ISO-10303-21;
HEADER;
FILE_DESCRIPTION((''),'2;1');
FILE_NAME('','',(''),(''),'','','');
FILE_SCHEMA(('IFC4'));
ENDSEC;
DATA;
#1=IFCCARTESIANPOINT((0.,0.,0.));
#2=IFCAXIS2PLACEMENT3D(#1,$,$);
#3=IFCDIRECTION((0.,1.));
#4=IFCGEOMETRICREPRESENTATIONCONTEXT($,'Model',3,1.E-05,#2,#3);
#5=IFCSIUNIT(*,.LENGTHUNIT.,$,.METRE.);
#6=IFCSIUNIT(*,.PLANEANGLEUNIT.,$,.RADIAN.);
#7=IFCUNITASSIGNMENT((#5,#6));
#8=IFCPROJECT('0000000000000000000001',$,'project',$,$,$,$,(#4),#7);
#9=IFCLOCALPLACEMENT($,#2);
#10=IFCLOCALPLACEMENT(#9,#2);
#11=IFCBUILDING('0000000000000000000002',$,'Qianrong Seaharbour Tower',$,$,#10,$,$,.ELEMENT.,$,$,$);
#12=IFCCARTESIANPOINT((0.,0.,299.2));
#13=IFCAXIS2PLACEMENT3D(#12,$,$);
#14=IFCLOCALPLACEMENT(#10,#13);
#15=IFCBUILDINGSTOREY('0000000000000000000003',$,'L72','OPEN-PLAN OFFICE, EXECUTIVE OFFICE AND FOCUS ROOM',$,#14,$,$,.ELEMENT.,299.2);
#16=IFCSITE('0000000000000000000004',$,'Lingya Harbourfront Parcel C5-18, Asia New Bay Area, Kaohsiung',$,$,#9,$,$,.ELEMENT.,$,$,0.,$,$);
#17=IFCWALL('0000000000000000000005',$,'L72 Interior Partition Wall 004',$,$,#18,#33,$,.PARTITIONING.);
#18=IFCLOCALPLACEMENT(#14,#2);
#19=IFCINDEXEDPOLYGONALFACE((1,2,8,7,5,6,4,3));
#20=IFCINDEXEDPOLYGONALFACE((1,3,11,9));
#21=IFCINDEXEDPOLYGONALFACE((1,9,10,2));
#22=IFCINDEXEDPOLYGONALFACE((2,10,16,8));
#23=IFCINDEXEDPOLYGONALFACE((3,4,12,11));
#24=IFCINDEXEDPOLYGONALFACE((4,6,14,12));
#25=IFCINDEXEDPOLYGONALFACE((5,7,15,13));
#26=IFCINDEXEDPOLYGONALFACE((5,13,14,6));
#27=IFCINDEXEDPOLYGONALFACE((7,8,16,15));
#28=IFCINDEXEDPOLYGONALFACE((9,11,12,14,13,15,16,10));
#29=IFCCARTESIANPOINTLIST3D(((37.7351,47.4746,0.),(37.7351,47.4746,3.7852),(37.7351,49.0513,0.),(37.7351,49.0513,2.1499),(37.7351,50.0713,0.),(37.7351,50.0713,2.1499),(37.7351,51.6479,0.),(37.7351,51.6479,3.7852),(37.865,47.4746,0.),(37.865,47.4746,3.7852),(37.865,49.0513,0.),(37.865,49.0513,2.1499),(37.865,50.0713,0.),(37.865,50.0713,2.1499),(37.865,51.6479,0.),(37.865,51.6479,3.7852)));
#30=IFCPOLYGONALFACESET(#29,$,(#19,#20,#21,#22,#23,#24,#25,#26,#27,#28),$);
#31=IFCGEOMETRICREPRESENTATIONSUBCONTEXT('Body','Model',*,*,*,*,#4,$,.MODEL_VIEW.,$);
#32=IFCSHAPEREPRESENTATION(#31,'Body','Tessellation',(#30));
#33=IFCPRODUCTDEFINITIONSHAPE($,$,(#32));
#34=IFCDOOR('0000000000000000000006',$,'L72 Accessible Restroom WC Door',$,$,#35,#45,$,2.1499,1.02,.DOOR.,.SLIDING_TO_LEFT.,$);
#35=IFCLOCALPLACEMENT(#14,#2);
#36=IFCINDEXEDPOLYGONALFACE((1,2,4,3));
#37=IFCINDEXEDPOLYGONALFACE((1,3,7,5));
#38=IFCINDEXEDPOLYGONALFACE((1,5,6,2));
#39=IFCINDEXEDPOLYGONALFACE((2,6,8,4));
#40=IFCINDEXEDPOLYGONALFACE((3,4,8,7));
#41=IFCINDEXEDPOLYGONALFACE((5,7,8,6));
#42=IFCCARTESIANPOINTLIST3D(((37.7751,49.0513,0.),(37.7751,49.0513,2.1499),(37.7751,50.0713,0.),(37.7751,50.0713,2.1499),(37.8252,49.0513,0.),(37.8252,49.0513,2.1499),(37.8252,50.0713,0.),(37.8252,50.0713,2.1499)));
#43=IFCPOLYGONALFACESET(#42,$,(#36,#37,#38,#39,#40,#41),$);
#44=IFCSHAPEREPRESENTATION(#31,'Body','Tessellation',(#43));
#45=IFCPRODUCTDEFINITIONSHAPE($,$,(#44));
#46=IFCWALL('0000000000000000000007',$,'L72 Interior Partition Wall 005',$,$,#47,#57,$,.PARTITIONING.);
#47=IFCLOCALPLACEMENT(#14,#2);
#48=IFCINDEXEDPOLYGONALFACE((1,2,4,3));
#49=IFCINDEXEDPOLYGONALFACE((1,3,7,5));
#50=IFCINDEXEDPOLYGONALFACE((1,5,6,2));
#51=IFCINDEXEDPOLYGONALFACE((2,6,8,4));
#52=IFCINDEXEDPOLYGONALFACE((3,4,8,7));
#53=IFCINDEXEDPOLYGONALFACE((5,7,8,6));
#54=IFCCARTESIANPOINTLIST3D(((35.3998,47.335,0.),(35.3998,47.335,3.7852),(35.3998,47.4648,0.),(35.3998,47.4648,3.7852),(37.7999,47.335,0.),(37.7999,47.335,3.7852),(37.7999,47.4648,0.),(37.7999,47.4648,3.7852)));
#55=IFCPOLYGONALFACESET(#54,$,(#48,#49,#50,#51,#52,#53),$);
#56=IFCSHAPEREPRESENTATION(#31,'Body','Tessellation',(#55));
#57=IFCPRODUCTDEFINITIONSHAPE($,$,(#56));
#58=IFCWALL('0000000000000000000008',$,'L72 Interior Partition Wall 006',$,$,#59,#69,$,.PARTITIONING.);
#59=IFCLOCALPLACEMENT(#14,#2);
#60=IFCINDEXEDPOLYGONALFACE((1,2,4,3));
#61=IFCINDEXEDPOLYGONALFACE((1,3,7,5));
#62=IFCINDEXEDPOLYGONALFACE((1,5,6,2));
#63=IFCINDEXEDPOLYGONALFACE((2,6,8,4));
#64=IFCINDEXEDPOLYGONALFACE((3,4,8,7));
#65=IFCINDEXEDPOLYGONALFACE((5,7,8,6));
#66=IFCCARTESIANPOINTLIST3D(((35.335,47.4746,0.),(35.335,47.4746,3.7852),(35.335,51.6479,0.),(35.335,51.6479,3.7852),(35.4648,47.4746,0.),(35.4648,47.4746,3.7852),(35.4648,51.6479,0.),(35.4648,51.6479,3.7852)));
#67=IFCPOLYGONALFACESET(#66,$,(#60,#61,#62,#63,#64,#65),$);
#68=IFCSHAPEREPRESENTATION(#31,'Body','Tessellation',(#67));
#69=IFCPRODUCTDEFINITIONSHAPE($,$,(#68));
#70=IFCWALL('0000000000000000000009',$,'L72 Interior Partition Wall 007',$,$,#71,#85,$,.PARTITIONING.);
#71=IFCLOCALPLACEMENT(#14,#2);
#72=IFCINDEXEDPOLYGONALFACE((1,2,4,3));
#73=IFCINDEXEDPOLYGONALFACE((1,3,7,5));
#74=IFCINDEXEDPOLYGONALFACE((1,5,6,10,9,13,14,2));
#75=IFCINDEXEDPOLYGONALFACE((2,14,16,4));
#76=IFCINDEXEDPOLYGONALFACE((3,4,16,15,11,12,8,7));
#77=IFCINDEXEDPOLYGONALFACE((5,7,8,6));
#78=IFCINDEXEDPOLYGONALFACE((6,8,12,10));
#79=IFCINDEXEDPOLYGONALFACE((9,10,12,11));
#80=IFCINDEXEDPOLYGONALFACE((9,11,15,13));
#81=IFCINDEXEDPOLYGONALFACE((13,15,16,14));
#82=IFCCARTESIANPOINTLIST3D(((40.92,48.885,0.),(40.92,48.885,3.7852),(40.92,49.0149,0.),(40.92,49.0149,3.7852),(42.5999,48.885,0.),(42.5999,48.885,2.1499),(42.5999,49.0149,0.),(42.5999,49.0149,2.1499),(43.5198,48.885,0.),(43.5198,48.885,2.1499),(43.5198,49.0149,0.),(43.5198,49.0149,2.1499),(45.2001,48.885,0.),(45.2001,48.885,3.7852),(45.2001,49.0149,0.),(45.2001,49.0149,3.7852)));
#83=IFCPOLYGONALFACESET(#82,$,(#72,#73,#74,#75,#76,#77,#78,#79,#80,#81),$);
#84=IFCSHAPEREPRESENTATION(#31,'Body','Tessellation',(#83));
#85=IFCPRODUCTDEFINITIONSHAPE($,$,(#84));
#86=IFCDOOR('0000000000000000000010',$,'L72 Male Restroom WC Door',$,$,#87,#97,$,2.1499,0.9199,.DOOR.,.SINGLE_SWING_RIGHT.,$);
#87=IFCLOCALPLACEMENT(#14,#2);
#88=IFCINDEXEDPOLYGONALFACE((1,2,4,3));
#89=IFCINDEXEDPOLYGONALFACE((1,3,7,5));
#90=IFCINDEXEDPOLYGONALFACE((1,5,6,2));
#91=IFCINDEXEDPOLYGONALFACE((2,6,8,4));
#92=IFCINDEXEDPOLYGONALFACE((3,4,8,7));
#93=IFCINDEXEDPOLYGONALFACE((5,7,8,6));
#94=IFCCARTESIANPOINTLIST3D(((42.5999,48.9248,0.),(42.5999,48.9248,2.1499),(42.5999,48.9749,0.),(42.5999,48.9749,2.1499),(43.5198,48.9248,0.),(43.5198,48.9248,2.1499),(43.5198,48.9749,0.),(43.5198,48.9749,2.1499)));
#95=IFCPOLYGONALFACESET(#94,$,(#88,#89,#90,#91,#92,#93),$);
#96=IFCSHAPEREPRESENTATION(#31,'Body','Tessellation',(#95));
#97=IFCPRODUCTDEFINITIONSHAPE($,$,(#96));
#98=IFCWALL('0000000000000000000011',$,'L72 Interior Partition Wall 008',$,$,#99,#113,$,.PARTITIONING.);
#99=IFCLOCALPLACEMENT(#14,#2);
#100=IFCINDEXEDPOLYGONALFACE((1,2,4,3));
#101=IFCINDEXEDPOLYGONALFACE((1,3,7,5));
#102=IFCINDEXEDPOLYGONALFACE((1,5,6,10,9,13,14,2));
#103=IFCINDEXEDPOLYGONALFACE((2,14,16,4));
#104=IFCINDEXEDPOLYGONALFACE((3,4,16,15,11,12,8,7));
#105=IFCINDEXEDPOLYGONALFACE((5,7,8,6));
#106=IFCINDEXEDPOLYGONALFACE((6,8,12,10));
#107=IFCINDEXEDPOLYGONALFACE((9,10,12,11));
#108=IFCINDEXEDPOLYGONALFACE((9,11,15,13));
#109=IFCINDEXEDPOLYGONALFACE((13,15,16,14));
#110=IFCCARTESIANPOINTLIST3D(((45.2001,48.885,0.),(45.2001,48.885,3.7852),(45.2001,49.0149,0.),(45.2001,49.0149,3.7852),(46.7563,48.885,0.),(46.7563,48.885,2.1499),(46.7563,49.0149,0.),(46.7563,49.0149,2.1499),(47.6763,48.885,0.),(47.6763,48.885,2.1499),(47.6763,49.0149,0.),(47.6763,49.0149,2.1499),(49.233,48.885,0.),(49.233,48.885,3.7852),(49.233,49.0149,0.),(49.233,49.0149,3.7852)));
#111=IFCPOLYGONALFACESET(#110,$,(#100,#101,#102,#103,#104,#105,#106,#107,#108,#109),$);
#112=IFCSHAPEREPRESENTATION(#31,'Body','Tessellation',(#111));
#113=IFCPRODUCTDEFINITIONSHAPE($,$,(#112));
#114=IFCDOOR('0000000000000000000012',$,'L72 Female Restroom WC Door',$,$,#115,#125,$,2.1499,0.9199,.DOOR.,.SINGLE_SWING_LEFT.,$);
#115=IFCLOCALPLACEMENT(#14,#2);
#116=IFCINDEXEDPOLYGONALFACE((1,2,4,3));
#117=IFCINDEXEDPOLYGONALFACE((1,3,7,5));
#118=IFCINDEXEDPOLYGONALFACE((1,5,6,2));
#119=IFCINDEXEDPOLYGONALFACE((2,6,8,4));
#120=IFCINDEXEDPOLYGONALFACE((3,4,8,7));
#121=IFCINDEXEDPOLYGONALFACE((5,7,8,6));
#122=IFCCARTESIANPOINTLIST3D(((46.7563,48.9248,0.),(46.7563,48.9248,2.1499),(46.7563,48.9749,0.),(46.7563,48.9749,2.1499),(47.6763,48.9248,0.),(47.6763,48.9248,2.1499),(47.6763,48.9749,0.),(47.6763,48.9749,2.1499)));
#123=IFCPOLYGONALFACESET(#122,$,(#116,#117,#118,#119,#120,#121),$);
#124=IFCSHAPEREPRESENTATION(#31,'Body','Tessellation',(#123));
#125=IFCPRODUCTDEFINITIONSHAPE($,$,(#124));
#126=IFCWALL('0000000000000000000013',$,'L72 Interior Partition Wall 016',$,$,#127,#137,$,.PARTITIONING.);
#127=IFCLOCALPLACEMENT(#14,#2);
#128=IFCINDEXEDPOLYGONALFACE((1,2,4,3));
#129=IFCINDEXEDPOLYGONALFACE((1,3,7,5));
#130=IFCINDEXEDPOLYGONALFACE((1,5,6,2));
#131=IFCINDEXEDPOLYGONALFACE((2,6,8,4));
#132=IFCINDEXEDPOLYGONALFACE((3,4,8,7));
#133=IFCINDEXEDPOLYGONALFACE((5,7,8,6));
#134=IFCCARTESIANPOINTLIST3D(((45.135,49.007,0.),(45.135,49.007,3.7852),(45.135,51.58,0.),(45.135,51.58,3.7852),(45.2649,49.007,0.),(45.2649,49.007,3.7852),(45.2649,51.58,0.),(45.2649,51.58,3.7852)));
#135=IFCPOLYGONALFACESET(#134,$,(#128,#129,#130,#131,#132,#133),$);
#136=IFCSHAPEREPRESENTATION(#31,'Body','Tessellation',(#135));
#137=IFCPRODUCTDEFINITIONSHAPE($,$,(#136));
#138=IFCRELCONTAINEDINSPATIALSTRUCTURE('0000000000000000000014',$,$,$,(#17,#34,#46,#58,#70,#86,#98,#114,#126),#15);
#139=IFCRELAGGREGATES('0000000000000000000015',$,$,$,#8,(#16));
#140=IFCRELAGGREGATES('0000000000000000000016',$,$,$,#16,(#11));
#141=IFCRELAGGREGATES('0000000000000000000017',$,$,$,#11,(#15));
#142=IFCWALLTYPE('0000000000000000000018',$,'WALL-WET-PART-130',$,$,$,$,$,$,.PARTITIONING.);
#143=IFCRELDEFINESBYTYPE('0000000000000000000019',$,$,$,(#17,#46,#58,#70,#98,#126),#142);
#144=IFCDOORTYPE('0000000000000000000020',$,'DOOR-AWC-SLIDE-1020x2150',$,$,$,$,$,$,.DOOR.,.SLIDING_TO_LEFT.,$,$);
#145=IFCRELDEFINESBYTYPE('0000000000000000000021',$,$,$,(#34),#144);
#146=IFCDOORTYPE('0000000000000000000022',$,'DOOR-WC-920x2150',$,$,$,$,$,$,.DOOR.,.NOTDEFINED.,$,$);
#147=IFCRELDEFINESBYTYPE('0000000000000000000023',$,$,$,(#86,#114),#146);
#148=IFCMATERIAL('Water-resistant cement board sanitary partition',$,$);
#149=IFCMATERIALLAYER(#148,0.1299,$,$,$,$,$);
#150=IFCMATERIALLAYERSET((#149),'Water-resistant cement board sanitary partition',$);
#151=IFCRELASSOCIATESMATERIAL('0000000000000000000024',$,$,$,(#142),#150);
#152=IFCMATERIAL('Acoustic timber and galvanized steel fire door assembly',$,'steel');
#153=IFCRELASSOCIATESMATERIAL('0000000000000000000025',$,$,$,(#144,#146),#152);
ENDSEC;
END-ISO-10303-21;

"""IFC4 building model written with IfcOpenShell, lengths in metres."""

from ifc_helpers import new_model, si_unit, direction, frame, frame_2d, origin, place, context, subcontext, project, spatial, rectangle, extrude, material, layer, layer_set, type_object, element, fill, save


model = new_model("IFC4")

# Units and contexts
model_context = context("Model", 3, precision=1e-05, world=origin(), true_north=direction((0.0, 1.0)))
body_context = subcontext(model_context, "Body", "Model", "MODEL_VIEW")
ifc_project = project(units=[si_unit("LENGTHUNIT", "METRE"), si_unit("PLANEANGLEUNIT", "RADIAN")], contexts=[model_context])

# Site, building, storey
site_placement = place(None, origin())
site = spatial("IfcSite", under=ifc_project, at=site_placement, Name="Lingya Harbourfront Parcel C5-18, Asia New Bay Area, Kaohsiung", CompositionType="ELEMENT", RefElevation=0.0)
building_placement = place(site_placement, origin())
building = spatial("IfcBuilding", under=site, at=building_placement, Name="Qianrong Seaharbour Tower", CompositionType="ELEMENT")
storey_placement = place(building_placement, frame((0.0, 0.0, 299.2)))
storey = spatial("IfcBuildingStorey", under=building, at=storey_placement, Name="L72", Description="OPEN-PLAN OFFICE, EXECUTIVE OFFICE AND FOCUS ROOM", CompositionType="ELEMENT", Elevation=299.2)

# Shared definitions
ifc_material_1 = material(Name="Acoustic timber and galvanized steel fire door assembly", Category="steel")

# Wall, opening, door
ifc_material_2 = material(Name="Water-resistant cement board sanitary partition")
ifc_layer_1 = layer(ifc_material_2, 0.1299)
ifc_layer_set_1 = layer_set([ifc_layer_1], Name="Water-resistant cement board sanitary partition")
wall_type_1 = type_object("IfcWallType", Name="WALL-WET-PART-130", PredefinedType="PARTITIONING", material=ifc_layer_set_1)
wall_1_placement = place(storey_placement, frame((37.8, 47.4746, 0.0), z_axis=(0.0, 0.0, 1.0), x_axis=(0.0, 1.0, 0.0)))
wall_1 = element("IfcWall", 1, at=wall_1_placement, inside=storey, type_object=wall_type_1, Name="L72 Interior Partition Wall 004", PredefinedType="PARTITIONING", context=body_context, shape_type="SweptSolid", body=[
    extrude(rectangle(XDim=4.1733, YDim=0.1299, at=frame_2d((2.0867, 0.0))), origin(), (0.0, 0.0, 1.0), 3.7852),
])
opening_1_placement = place(wall_1_placement, frame((1.5767, 0.0, 0.0)))
opening_1 = element("IfcOpeningElement", 2, at=opening_1_placement, cuts=wall_1, PredefinedType="OPENING", context=body_context, shape_type="SweptSolid", body=[
    extrude(rectangle(XDim=1.02, YDim=2.1499, at=frame_2d((0.51, 1.075))), frame((0.0, 0.075, 0.0), z_axis=(0.0, -1.0, 0.0), x_axis=(1.0, 0.0, 0.0)), (0.0, 0.0, 1.0), 0.1499),
])
door_type_1 = type_object("IfcDoorType", Name="DOOR-AWC-SLIDE-1020x2150", OperationType="SLIDING_TO_LEFT", PredefinedType="DOOR", material=ifc_material_1)
door_1_placement = place(opening_1_placement, origin())
door_1 = element("IfcDoor", 3, at=door_1_placement, inside=storey, type_object=door_type_1, Name="L72 Accessible Restroom WC Door", OperationType="SLIDING_TO_LEFT", OverallHeight=2.1499, OverallWidth=1.02, PredefinedType="DOOR", context=body_context, shape_type="SweptSolid", body=[
    extrude(rectangle(XDim=1.02, YDim=2.1499, at=frame_2d((0.51, 1.075))), frame((0.0, 0.0249, 0.0), z_axis=(0.0, -1.0, 0.0), x_axis=(1.0, 0.0, 0.0)), (0.0, 0.0, 1.0), 0.05),
])
fill(opening_1, door_1)

# Walls
wall_2_placement = place(storey_placement, frame((37.8, 47.3999, 0.0), z_axis=(0.0, 0.0, 1.0), x_axis=(-1.0, 0.0, 0.0)))
element("IfcWall", 4, at=wall_2_placement, inside=storey, type_object=wall_type_1, Name="L72 Interior Partition Wall 005", PredefinedType="PARTITIONING", context=body_context, shape_type="SweptSolid", body=[
    extrude(rectangle(XDim=2.4001, YDim=0.1299, at=frame_2d((1.2002, 0.0))), origin(), (0.0, 0.0, 1.0), 3.7852),
])
wall_3_placement = place(storey_placement, frame((35.3999, 47.4746, 0.0), z_axis=(0.0, 0.0, 1.0), x_axis=(0.0, 1.0, 0.0)))
element("IfcWall", 5, at=wall_3_placement, inside=storey, type_object=wall_type_1, Name="L72 Interior Partition Wall 006", PredefinedType="PARTITIONING", context=body_context, shape_type="SweptSolid", body=[
    extrude(rectangle(XDim=4.1733, YDim=0.1299, at=frame_2d((2.0867, 0.0))), origin(), (0.0, 0.0, 1.0), 3.7852),
])

# Walls, openings, doors
wall_4_placement = place(storey_placement, frame((40.9199, 48.95, 0.0), z_axis=(0.0, 0.0, 1.0), x_axis=(1.0, 0.0, 0.0)))
wall_4 = element("IfcWall", 6, at=wall_4_placement, inside=storey, type_object=wall_type_1, Name="L72 Interior Partition Wall 007", PredefinedType="PARTITIONING", context=body_context, shape_type="SweptSolid", body=[
    extrude(rectangle(XDim=4.28, YDim=0.1299, at=frame_2d((2.1401, 0.0))), origin(), (0.0, 0.0, 1.0), 3.7852),
])
opening_2_placement = place(wall_4_placement, frame((1.6799, 0.0, 0.0)))
opening_2 = element("IfcOpeningElement", 7, at=opening_2_placement, cuts=wall_4, PredefinedType="OPENING", context=body_context, shape_type="SweptSolid", body=[
    extrude(rectangle(XDim=0.9199, YDim=2.1499, at=frame_2d((0.46, 1.075))), frame((0.0, 0.075, 0.0), z_axis=(0.0, -1.0, 0.0), x_axis=(1.0, 0.0, 0.0)), (0.0, 0.0, 1.0), 0.1499),
])
door_type_2 = type_object("IfcDoorType", Name="DOOR-WC-920x2150", OperationType="NOTDEFINED", PredefinedType="DOOR", material=ifc_material_1)
door_2_placement = place(opening_2_placement, origin())
door_2 = element("IfcDoor", 8, at=door_2_placement, inside=storey, type_object=door_type_2, Name="L72 Male Restroom WC Door", OperationType="SINGLE_SWING_RIGHT", OverallHeight=2.1499, OverallWidth=0.9199, PredefinedType="DOOR", context=body_context, shape_type="SweptSolid", body=[
    extrude(rectangle(XDim=0.9199, YDim=2.1499, at=frame_2d((0.46, 1.075))), frame((0.0, 0.0249, 0.0), z_axis=(0.0, -1.0, 0.0), x_axis=(1.0, 0.0, 0.0)), (0.0, 0.0, 1.0), 0.05),
])
fill(opening_2, door_2)
wall_5_placement = place(storey_placement, frame((45.2, 48.95, 0.0), z_axis=(0.0, 0.0, 1.0), x_axis=(1.0, 0.0, 0.0)))
wall_5 = element("IfcWall", 9, at=wall_5_placement, inside=storey, type_object=wall_type_1, Name="L72 Interior Partition Wall 008", PredefinedType="PARTITIONING", context=body_context, shape_type="SweptSolid", body=[
    extrude(rectangle(XDim=4.033, YDim=0.1299, at=frame_2d((2.0166, 0.0))), origin(), (0.0, 0.0, 1.0), 3.7852),
])
opening_3_placement = place(wall_5_placement, frame((1.5564, 0.0, 0.0)))
opening_3 = element("IfcOpeningElement", 10, at=opening_3_placement, cuts=wall_5, PredefinedType="OPENING", context=body_context, shape_type="SweptSolid", body=[
    extrude(rectangle(XDim=0.9199, YDim=2.1499, at=frame_2d((0.46, 1.075))), frame((0.0, 0.075, 0.0), z_axis=(0.0, -1.0, 0.0), x_axis=(1.0, 0.0, 0.0)), (0.0, 0.0, 1.0), 0.1499),
])
door_3_placement = place(opening_3_placement, origin())
door_3 = element("IfcDoor", 11, at=door_3_placement, inside=storey, type_object=door_type_2, Name="L72 Female Restroom WC Door", OperationType="SINGLE_SWING_LEFT", OverallHeight=2.1499, OverallWidth=0.9199, PredefinedType="DOOR", context=body_context, shape_type="SweptSolid", body=[
    extrude(rectangle(XDim=0.9199, YDim=2.1499, at=frame_2d((0.46, 1.075))), frame((0.0, 0.0249, 0.0), z_axis=(0.0, -1.0, 0.0), x_axis=(1.0, 0.0, 0.0)), (0.0, 0.0, 1.0), 0.05),
])
fill(opening_3, door_3)

# Wall
wall_6_placement = place(storey_placement, frame((45.2, 51.5801, 0.0), z_axis=(0.0, 0.0, 1.0), x_axis=(0.0, -1.0, 0.0)))
element("IfcWall", 12, at=wall_6_placement, inside=storey, type_object=wall_type_1, Name="L72 Interior Partition Wall 016", PredefinedType="PARTITIONING", context=body_context, shape_type="SweptSolid", body=[
    extrude(rectangle(XDim=2.573, YDim=0.1299, at=frame_2d((1.2866, 0.0))), origin(), (0.0, 0.0, 1.0), 3.7852),
])

save(model, "model.ifc")
